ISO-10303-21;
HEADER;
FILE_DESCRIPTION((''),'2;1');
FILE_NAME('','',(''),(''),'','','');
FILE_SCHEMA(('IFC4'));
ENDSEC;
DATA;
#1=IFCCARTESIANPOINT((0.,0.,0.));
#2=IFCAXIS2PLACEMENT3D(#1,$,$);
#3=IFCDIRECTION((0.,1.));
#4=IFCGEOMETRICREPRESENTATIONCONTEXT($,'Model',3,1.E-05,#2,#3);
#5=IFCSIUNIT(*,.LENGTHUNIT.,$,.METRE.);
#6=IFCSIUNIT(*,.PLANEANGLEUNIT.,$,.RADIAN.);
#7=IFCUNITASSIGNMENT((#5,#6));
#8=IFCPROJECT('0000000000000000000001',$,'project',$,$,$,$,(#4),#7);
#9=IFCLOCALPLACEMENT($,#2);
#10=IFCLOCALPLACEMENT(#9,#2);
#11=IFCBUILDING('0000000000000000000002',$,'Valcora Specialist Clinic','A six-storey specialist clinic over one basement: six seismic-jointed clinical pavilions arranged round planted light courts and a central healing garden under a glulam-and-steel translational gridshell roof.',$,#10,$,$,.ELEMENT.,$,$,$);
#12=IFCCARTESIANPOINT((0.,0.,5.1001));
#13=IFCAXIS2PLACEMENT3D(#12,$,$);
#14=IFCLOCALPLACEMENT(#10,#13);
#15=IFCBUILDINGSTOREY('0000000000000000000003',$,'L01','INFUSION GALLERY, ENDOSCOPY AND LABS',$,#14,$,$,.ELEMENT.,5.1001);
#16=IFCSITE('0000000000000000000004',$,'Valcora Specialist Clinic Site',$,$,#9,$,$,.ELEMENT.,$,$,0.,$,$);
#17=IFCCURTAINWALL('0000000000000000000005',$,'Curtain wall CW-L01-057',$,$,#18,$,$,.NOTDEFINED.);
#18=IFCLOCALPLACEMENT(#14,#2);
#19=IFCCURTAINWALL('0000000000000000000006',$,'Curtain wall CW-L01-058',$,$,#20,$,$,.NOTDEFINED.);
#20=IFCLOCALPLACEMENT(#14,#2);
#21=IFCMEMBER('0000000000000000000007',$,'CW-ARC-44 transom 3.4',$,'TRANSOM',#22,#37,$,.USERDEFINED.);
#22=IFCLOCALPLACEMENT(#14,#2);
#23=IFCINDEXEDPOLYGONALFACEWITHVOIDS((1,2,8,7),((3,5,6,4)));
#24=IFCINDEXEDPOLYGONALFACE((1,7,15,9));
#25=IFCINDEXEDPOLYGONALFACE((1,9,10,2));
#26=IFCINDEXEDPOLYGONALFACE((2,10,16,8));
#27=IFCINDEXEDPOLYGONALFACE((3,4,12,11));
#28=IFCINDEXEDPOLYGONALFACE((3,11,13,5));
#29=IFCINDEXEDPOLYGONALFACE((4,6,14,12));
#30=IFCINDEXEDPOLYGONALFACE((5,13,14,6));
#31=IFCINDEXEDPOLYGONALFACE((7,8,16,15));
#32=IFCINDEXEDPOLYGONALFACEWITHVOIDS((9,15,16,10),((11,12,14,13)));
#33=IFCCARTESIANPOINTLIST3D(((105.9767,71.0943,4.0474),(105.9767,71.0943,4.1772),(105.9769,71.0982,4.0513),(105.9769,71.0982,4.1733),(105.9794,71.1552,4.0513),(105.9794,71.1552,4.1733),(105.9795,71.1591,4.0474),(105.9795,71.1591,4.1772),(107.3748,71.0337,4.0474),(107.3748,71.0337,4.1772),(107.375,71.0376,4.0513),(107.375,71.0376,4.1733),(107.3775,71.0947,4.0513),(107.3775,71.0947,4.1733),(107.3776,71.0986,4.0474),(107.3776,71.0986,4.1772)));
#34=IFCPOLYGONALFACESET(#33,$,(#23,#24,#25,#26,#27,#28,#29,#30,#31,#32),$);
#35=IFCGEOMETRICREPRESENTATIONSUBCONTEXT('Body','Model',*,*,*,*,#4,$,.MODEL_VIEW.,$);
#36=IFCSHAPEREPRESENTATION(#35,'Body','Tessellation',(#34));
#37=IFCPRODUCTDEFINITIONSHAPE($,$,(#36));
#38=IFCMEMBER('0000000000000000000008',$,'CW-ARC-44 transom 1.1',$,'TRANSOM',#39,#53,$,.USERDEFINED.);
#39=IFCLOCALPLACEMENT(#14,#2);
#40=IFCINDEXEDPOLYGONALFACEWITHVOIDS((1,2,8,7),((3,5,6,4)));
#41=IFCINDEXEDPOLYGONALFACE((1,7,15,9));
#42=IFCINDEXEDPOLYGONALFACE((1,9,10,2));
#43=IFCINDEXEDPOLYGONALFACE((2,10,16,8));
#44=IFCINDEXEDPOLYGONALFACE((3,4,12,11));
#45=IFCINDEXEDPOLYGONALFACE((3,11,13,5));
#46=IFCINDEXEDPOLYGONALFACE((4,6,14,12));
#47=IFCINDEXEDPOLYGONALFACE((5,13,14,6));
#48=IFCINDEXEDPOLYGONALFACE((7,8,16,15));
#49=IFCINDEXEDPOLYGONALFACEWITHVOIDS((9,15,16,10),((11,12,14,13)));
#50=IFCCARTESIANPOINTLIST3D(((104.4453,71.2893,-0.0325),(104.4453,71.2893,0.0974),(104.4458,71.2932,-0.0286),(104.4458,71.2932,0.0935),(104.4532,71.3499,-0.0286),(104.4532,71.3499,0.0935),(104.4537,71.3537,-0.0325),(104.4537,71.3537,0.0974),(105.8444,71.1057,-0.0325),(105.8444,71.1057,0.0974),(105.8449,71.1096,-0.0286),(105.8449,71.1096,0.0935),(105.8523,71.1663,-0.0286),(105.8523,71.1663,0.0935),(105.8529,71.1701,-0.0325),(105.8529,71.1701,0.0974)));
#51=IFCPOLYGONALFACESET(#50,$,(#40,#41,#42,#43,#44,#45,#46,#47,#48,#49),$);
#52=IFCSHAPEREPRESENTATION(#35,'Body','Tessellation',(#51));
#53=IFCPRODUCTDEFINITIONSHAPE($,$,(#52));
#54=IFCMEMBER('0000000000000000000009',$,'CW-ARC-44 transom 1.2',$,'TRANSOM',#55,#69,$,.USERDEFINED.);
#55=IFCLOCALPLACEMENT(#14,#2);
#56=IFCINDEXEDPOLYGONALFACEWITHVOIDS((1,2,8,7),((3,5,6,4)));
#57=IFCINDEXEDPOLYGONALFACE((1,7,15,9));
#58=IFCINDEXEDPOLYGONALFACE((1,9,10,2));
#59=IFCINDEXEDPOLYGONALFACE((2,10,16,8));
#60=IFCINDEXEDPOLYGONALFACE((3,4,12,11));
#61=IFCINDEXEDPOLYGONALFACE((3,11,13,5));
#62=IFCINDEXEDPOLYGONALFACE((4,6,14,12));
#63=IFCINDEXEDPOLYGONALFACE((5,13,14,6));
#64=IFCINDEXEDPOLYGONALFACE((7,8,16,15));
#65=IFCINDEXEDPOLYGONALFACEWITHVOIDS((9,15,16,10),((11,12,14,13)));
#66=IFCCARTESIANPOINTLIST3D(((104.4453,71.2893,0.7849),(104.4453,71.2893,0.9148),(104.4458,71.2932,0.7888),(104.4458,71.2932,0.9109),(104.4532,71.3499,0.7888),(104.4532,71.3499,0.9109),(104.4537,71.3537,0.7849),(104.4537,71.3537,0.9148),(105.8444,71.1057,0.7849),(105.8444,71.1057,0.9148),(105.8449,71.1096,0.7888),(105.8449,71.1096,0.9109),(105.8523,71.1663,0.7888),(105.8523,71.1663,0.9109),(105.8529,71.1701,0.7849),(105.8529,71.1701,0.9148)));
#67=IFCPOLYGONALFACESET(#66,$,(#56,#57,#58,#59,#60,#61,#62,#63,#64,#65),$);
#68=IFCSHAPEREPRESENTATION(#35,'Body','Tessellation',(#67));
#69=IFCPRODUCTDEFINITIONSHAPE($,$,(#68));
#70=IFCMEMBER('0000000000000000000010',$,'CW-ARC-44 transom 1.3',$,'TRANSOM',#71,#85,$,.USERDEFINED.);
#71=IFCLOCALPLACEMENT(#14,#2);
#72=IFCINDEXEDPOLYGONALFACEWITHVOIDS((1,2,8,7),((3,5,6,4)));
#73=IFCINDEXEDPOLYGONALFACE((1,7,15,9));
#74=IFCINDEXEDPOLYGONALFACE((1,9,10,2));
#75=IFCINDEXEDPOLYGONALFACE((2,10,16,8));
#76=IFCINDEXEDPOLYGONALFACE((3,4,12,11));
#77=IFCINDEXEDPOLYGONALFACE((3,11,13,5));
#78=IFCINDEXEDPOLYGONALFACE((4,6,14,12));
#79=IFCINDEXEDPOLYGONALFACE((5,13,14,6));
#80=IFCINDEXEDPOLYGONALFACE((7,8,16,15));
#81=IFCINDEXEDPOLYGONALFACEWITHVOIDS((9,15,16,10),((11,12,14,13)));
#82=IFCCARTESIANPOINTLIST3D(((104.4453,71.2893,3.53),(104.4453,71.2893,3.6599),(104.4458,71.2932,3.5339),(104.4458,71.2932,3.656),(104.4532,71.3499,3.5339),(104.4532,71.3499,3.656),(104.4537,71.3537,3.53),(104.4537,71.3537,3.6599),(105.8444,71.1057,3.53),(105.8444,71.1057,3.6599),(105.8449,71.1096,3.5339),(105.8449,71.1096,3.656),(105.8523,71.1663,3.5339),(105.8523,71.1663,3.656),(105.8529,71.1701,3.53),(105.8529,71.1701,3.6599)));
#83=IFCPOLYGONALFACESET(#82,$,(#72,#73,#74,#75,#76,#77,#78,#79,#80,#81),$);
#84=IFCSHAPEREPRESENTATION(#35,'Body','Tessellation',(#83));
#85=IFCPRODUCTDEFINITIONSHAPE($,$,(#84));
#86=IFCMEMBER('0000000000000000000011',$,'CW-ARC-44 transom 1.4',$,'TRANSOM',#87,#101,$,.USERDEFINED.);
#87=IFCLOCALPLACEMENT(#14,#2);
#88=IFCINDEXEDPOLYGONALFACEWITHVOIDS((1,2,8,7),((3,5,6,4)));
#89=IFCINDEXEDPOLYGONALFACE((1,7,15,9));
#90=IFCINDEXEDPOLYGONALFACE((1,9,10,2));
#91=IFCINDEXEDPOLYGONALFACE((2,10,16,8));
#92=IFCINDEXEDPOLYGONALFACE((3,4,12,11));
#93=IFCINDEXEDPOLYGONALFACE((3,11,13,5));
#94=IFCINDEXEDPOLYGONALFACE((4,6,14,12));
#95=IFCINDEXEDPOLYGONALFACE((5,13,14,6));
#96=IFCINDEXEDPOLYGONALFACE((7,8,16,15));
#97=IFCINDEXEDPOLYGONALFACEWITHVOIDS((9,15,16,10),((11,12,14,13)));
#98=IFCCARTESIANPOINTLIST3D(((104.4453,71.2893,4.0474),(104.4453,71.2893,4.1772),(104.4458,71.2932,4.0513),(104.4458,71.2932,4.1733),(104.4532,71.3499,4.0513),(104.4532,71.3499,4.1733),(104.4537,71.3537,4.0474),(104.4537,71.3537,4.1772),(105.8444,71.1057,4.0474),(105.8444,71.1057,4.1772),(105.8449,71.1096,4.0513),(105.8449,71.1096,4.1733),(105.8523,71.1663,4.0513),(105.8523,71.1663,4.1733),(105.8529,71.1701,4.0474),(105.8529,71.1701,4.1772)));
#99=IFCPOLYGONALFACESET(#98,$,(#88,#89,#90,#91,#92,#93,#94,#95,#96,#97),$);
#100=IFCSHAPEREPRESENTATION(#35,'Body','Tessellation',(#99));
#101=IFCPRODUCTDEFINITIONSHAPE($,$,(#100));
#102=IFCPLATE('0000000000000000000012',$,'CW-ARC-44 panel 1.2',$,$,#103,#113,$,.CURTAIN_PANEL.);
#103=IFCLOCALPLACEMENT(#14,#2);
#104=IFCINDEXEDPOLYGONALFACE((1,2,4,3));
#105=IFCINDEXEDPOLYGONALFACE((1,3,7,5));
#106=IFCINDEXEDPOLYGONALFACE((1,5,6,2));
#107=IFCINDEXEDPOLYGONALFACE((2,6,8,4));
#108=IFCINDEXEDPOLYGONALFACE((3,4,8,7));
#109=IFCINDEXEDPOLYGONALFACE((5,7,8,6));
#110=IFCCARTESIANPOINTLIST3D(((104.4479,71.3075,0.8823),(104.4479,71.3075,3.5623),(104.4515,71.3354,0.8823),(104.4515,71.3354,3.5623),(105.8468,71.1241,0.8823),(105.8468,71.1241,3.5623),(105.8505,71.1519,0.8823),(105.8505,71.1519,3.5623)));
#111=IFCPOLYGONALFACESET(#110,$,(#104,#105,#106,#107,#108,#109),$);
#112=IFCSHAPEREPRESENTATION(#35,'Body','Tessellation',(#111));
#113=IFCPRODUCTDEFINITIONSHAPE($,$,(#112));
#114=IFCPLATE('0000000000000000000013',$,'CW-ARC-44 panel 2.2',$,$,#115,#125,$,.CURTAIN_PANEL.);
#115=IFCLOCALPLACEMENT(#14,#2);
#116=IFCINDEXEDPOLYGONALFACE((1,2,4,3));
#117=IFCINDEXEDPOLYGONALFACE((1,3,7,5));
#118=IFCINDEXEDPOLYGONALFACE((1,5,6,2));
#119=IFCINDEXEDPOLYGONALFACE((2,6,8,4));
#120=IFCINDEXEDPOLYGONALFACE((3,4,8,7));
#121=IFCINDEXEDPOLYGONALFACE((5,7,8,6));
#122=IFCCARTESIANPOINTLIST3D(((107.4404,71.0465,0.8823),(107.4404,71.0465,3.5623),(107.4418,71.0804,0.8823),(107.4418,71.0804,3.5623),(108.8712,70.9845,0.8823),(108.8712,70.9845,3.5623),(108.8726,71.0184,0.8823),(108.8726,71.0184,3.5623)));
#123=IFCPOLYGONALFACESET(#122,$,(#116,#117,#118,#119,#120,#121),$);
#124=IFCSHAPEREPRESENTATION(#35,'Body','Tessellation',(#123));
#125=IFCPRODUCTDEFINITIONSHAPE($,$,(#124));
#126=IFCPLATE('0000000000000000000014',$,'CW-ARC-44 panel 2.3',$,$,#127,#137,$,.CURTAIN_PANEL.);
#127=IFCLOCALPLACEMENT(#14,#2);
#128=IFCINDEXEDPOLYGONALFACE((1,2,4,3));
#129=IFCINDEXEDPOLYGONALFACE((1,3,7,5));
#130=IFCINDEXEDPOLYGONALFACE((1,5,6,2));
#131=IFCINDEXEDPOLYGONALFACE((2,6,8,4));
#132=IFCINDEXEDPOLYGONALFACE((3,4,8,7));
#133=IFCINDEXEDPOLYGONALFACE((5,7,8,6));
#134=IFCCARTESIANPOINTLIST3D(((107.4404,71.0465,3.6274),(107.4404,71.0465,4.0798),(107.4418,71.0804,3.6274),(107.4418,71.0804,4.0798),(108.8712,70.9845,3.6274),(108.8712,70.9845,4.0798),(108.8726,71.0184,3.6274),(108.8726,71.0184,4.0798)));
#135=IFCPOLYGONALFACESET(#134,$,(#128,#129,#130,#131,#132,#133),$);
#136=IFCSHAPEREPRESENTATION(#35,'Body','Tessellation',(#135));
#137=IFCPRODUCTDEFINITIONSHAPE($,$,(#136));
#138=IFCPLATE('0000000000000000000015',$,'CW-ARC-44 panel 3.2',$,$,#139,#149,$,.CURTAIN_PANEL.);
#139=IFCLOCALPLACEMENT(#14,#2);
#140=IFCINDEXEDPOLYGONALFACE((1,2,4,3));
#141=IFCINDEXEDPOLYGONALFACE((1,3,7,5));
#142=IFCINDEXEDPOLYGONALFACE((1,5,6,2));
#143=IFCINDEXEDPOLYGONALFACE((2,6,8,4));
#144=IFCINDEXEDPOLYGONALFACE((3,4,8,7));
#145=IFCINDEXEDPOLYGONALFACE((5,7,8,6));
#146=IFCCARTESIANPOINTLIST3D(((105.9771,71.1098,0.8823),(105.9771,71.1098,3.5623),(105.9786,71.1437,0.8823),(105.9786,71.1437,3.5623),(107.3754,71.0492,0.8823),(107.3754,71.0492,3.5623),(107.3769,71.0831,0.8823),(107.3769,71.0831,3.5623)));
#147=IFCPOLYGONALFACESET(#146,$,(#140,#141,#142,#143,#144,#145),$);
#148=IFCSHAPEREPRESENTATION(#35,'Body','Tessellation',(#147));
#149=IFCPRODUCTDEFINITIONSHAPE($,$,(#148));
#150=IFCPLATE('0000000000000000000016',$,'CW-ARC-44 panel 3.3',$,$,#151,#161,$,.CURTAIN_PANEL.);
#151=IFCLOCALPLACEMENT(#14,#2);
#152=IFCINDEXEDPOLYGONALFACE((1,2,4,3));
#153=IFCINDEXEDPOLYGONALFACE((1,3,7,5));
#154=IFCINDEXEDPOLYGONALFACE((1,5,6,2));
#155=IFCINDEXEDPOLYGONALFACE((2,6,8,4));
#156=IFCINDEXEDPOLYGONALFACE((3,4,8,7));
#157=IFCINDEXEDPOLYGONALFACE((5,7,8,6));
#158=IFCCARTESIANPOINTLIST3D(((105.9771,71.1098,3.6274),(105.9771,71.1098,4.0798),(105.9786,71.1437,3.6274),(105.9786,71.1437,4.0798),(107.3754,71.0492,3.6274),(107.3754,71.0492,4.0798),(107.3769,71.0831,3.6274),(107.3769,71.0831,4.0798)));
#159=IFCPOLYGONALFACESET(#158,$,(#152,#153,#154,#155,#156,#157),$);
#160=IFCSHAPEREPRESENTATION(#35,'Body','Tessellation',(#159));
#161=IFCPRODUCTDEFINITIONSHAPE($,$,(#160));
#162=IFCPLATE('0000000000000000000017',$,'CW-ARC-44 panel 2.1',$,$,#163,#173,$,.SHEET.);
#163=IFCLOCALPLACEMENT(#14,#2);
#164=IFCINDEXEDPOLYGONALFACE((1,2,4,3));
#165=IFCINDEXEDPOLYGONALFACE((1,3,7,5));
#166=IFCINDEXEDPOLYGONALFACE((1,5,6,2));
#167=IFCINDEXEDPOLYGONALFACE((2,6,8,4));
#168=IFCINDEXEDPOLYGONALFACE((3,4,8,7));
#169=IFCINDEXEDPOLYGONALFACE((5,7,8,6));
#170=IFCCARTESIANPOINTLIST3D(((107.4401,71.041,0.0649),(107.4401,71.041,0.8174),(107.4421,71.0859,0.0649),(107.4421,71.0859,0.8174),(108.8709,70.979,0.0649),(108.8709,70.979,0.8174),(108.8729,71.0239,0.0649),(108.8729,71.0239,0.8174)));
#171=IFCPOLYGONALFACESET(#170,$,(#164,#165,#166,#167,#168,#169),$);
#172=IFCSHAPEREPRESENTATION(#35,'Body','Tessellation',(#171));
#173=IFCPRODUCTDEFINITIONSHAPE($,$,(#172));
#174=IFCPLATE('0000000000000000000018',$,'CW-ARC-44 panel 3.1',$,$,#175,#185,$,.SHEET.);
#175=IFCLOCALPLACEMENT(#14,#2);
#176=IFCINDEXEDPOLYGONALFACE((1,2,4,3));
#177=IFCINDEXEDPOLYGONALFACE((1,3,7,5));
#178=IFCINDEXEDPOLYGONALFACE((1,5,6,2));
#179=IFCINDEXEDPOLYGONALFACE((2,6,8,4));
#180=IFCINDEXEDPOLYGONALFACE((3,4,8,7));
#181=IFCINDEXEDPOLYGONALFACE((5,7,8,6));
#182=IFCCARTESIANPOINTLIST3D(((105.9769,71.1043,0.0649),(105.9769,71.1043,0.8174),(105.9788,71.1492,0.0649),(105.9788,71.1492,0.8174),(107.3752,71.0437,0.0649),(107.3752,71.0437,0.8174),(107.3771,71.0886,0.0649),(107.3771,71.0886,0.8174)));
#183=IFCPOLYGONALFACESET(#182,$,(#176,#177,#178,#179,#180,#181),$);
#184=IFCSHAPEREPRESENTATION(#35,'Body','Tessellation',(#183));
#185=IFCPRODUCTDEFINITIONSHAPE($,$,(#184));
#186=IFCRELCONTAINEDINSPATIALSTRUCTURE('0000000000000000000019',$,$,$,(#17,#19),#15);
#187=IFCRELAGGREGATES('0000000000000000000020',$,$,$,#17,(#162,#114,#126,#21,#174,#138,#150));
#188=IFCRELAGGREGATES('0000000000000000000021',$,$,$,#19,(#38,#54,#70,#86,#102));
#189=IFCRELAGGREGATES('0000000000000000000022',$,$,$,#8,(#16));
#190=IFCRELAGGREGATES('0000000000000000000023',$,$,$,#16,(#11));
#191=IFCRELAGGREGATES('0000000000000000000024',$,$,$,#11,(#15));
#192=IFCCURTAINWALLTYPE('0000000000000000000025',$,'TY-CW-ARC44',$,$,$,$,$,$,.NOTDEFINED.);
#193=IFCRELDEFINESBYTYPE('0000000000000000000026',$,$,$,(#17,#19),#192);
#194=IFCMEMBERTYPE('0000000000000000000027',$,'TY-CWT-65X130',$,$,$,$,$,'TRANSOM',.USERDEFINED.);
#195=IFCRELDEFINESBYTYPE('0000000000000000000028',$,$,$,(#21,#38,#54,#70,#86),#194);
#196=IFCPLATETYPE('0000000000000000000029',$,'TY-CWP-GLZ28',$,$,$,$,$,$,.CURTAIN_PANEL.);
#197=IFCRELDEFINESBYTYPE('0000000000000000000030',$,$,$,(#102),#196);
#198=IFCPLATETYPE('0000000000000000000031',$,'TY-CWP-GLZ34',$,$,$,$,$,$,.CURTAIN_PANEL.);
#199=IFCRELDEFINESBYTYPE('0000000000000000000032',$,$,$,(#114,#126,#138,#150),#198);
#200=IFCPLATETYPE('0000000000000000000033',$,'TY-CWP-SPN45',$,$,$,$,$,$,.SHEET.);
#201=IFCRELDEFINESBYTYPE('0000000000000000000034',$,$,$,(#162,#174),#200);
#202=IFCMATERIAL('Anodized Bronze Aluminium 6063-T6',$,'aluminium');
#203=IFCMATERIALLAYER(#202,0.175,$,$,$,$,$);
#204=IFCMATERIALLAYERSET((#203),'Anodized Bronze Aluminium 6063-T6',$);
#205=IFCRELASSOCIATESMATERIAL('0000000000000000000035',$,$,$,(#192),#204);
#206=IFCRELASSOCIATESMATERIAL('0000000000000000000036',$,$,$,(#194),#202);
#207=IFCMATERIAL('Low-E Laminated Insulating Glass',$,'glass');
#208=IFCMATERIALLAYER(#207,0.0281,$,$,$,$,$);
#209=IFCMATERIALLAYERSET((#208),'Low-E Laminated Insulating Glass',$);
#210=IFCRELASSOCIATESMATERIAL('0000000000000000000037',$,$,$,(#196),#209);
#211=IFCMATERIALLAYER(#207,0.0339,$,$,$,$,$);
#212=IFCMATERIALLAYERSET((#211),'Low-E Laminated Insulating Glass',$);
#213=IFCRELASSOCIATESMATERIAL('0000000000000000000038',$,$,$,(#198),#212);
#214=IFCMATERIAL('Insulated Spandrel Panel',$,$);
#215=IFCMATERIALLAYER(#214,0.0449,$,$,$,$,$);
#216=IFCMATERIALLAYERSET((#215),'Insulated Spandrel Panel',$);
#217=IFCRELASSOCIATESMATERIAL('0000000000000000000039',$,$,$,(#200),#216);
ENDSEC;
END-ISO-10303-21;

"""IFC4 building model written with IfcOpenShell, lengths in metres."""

from ifc_helpers import new_model, si_unit, direction, frame, origin, origin_2d, place, context, subcontext, project, spatial, rectangle, hollow_rectangle, extrude, material, layer, layer_set, material_profile, profile_set, type_object, element, aggregate, save


model = new_model("IFC4")

# Units and contexts
model_context = context("Model", 3, precision=1e-05, world=origin(), true_north=direction((0.0, 1.0)))
body_context = subcontext(model_context, "Body", "Model", "MODEL_VIEW")
ifc_project = project(units=[si_unit("LENGTHUNIT", "METRE"), si_unit("PLANEANGLEUNIT", "RADIAN")], contexts=[model_context])

# Site, building, storey
site_placement = place(None, origin())
site = spatial("IfcSite", under=ifc_project, at=site_placement, Name="Valcora Specialist Clinic Site", CompositionType="ELEMENT", RefElevation=0.0)
building_placement = place(site_placement, origin())
building = spatial("IfcBuilding", under=site, at=building_placement, Name="Valcora Specialist Clinic", Description="A six-storey specialist clinic over one basement: six seismic-jointed clinical pavilions arranged round planted light courts and a central healing garden under a glulam-and-steel translational gridshell roof.", CompositionType="ELEMENT")
storey_placement = place(building_placement, frame((0.0, 0.0, 5.1001)))
storey = spatial("IfcBuildingStorey", under=building, at=storey_placement, Name="L01", Description="INFUSION GALLERY, ENDOSCOPY AND LABS", CompositionType="ELEMENT", Elevation=5.1001)

# Curtain wall
ifc_material_1 = material(Name="Anodized Bronze Aluminium 6063-T6", Category="aluminium")
ifc_layer_1 = layer(ifc_material_1, 0.175)
ifc_layer_set_1 = layer_set([ifc_layer_1], Name="Anodized Bronze Aluminium 6063-T6")
curtain_wall_type = type_object("IfcCurtainWallType", Name="TY-CW-ARC44", PredefinedType="NOTDEFINED", material=ifc_layer_set_1)
curtain_wall_1_placement = place(storey_placement, origin())
curtain_wall_1 = element("IfcCurtainWall", 1, at=curtain_wall_1_placement, inside=storey, type_object=curtain_wall_type, Name="Curtain wall CW-L01-057", PredefinedType="NOTDEFINED")

# Curtain wall
curtain_wall_2_placement = place(storey_placement, origin())
curtain_wall_2 = element("IfcCurtainWall", 2, at=curtain_wall_2_placement, inside=storey, type_object=curtain_wall_type, Name="Curtain wall CW-L01-058", PredefinedType="NOTDEFINED")

# Members
ifc_material_profile_1 = material_profile(ifc_material_1, hollow_rectangle(XDim=0.0649, YDim=0.1299, WallThickness=0.0039, at=origin_2d()), Name="AL-TRN-65X130")
ifc_profile_set_1 = profile_set([ifc_material_profile_1], Name="Anodized Bronze Aluminium 6063-T6")
member_type_1 = type_object("IfcMemberType", Name="TY-CWT-65X130", ElementType="TRANSOM", PredefinedType="USERDEFINED", material=ifc_profile_set_1)
member_1_placement = place(storey_placement, frame((107.3762, 71.0662, 4.1123), z_axis=(-0.999064, 0.043263, 0.0), x_axis=(-0.043263, -0.999064, 0.0)))
member_1 = element("IfcMember", 3, at=member_1_placement, type_object=member_type_1, Name="CW-ARC-44 transom 3.4", ObjectType="TRANSOM", PredefinedType="USERDEFINED", context=body_context, shape_type="SweptSolid", body=[
    extrude(hollow_rectangle(XDim=0.0649, YDim=0.1299, WallThickness=0.0039, at=origin_2d()), origin(), (0.0, 0.0, 1.0), 1.3994),
])
member_2_placement = place(storey_placement, frame((105.8486, 71.1379, 0.0325), z_axis=(-0.991501, 0.130101, 0.0), x_axis=(-0.130101, -0.991501, 0.0)))
member_2 = element("IfcMember", 4, at=member_2_placement, type_object=member_type_1, Name="CW-ARC-44 transom 1.1", ObjectType="TRANSOM", PredefinedType="USERDEFINED", context=body_context, shape_type="SweptSolid", body=[
    extrude(hollow_rectangle(XDim=0.0649, YDim=0.1299, WallThickness=0.0039, at=origin_2d()), origin(), (0.0, 0.0, 1.0), 1.4111),
])
member_3_placement = place(storey_placement, frame((105.8486, 71.1379, 0.8499), z_axis=(-0.991501, 0.130101, 0.0), x_axis=(-0.130101, -0.991501, 0.0)))
member_3 = element("IfcMember", 5, at=member_3_placement, type_object=member_type_1, Name="CW-ARC-44 transom 1.2", ObjectType="TRANSOM", PredefinedType="USERDEFINED", context=body_context, shape_type="SweptSolid", body=[
    extrude(hollow_rectangle(XDim=0.0649, YDim=0.1299, WallThickness=0.0039, at=origin_2d()), origin(), (0.0, 0.0, 1.0), 1.4111),
])
member_4_placement = place(storey_placement, frame((105.8486, 71.1379, 3.595), z_axis=(-0.991501, 0.130101, 0.0), x_axis=(-0.130101, -0.991501, 0.0)))
member_4 = element("IfcMember", 6, at=member_4_placement, type_object=member_type_1, Name="CW-ARC-44 transom 1.3", ObjectType="TRANSOM", PredefinedType="USERDEFINED", context=body_context, shape_type="SweptSolid", body=[
    extrude(hollow_rectangle(XDim=0.0649, YDim=0.1299, WallThickness=0.0039, at=origin_2d()), origin(), (0.0, 0.0, 1.0), 1.4111),
])
member_5_placement = place(storey_placement, frame((105.8486, 71.1379, 4.1123), z_axis=(-0.991501, 0.130101, 0.0), x_axis=(-0.130101, -0.991501, 0.0)))
member_5 = element("IfcMember", 7, at=member_5_placement, type_object=member_type_1, Name="CW-ARC-44 transom 1.4", ObjectType="TRANSOM", PredefinedType="USERDEFINED", context=body_context, shape_type="SweptSolid", body=[
    extrude(hollow_rectangle(XDim=0.0649, YDim=0.1299, WallThickness=0.0039, at=origin_2d()), origin(), (0.0, 0.0, 1.0), 1.4111),
])

# Plates
ifc_material_2 = material(Name="Low-E Laminated Insulating Glass", Category="glass")
ifc_layer_2 = layer(ifc_material_2, 0.0281)
ifc_layer_set_2 = layer_set([ifc_layer_2], Name="Low-E Laminated Insulating Glass")
plate_type_1 = type_object("IfcPlateType", Name="TY-CWP-GLZ28", PredefinedType="CURTAIN_PANEL", material=ifc_layer_set_2)
plate_1_placement = place(storey_placement, frame((105.1492, 71.2297, 0.8823), z_axis=(0.0, 0.0, 1.0), x_axis=(-0.991514, 0.129999, 0.0)))
plate_1 = element("IfcPlate", 8, at=plate_1_placement, type_object=plate_type_1, Name="CW-ARC-44 panel 1.2", PredefinedType="CURTAIN_PANEL", context=body_context, shape_type="SweptSolid", body=[
    extrude(rectangle(XDim=1.4109, YDim=0.0281, at=origin_2d()), origin(), (0.0, 0.0, 1.0), 2.6799),
])
ifc_layer_3 = layer(ifc_material_2, 0.0339)
ifc_layer_set_3 = layer_set([ifc_layer_3], Name="Low-E Laminated Insulating Glass")
plate_type_2 = type_object("IfcPlateType", Name="TY-CWP-GLZ34", PredefinedType="CURTAIN_PANEL", material=ifc_layer_set_3)
plate_2_placement = place(storey_placement, frame((108.1565, 71.0325, 0.8823), z_axis=(0.0, 0.0, 1.0), x_axis=(-0.999062, 0.043307, 0.0)))
plate_2 = element("IfcPlate", 9, at=plate_2_placement, type_object=plate_type_2, Name="CW-ARC-44 panel 2.2", PredefinedType="CURTAIN_PANEL", context=body_context, shape_type="SweptSolid", body=[
    extrude(rectangle(XDim=1.4321, YDim=0.0339, at=origin_2d()), origin(), (0.0, 0.0, 1.0), 2.6799),
])
plate_3_placement = place(storey_placement, frame((108.1565, 71.0325, 3.6274), z_axis=(0.0, 0.0, 1.0), x_axis=(-0.999062, 0.043307, 0.0)))
plate_3 = element("IfcPlate", 10, at=plate_3_placement, type_object=plate_type_2, Name="CW-ARC-44 panel 2.3", PredefinedType="CURTAIN_PANEL", context=body_context, shape_type="SweptSolid", body=[
    extrude(rectangle(XDim=1.4321, YDim=0.0339, at=origin_2d()), origin(), (0.0, 0.0, 1.0), 0.4524),
])
plate_4_placement = place(storey_placement, frame((106.677, 71.0964, 0.8823), z_axis=(0.0, 0.0, 1.0), x_axis=(-0.999062, 0.043307, 0.0)))
plate_4 = element("IfcPlate", 11, at=plate_4_placement, type_object=plate_type_2, Name="CW-ARC-44 panel 3.2", PredefinedType="CURTAIN_PANEL", context=body_context, shape_type="SweptSolid", body=[
    extrude(rectangle(XDim=1.3997, YDim=0.0339, at=origin_2d()), origin(), (0.0, 0.0, 1.0), 2.6799),
])
plate_5_placement = place(storey_placement, frame((106.677, 71.0964, 3.6274), z_axis=(0.0, 0.0, 1.0), x_axis=(-0.999062, 0.043307, 0.0)))
plate_5 = element("IfcPlate", 12, at=plate_5_placement, type_object=plate_type_2, Name="CW-ARC-44 panel 3.3", PredefinedType="CURTAIN_PANEL", context=body_context, shape_type="SweptSolid", body=[
    extrude(rectangle(XDim=1.3997, YDim=0.0339, at=origin_2d()), origin(), (0.0, 0.0, 1.0), 0.4524),
])
ifc_material_3 = material(Name="Insulated Spandrel Panel")
ifc_layer_4 = layer(ifc_material_3, 0.0449)
ifc_layer_set_4 = layer_set([ifc_layer_4], Name="Insulated Spandrel Panel")
plate_type_3 = type_object("IfcPlateType", Name="TY-CWP-SPN45", PredefinedType="SHEET", material=ifc_layer_set_4)
plate_6_placement = place(storey_placement, frame((108.1565, 71.0325, 0.0649), z_axis=(0.0, 0.0, 1.0), x_axis=(-0.999062, 0.043307, 0.0)))
plate_6 = element("IfcPlate", 13, at=plate_6_placement, type_object=plate_type_3, Name="CW-ARC-44 panel 2.1", PredefinedType="SHEET", context=body_context, shape_type="SweptSolid", body=[
    extrude(rectangle(XDim=1.4321, YDim=0.0449, at=origin_2d()), origin(), (0.0, 0.0, 1.0), 0.7524),
])
plate_7_placement = place(storey_placement, frame((106.677, 71.0964, 0.0649), z_axis=(0.0, 0.0, 1.0), x_axis=(-0.999062, 0.043307, 0.0)))
plate_7 = element("IfcPlate", 14, at=plate_7_placement, type_object=plate_type_3, Name="CW-ARC-44 panel 3.1", PredefinedType="SHEET", context=body_context, shape_type="SweptSolid", body=[
    extrude(rectangle(XDim=1.3997, YDim=0.0449, at=origin_2d()), origin(), (0.0, 0.0, 1.0), 0.7524),
])
aggregate(curtain_wall_1, [plate_6, plate_2, plate_3, member_1, plate_7, plate_4, plate_5])
aggregate(curtain_wall_2, [member_2, member_3, member_4, member_5, plate_1])

save(model, "model.ifc")
